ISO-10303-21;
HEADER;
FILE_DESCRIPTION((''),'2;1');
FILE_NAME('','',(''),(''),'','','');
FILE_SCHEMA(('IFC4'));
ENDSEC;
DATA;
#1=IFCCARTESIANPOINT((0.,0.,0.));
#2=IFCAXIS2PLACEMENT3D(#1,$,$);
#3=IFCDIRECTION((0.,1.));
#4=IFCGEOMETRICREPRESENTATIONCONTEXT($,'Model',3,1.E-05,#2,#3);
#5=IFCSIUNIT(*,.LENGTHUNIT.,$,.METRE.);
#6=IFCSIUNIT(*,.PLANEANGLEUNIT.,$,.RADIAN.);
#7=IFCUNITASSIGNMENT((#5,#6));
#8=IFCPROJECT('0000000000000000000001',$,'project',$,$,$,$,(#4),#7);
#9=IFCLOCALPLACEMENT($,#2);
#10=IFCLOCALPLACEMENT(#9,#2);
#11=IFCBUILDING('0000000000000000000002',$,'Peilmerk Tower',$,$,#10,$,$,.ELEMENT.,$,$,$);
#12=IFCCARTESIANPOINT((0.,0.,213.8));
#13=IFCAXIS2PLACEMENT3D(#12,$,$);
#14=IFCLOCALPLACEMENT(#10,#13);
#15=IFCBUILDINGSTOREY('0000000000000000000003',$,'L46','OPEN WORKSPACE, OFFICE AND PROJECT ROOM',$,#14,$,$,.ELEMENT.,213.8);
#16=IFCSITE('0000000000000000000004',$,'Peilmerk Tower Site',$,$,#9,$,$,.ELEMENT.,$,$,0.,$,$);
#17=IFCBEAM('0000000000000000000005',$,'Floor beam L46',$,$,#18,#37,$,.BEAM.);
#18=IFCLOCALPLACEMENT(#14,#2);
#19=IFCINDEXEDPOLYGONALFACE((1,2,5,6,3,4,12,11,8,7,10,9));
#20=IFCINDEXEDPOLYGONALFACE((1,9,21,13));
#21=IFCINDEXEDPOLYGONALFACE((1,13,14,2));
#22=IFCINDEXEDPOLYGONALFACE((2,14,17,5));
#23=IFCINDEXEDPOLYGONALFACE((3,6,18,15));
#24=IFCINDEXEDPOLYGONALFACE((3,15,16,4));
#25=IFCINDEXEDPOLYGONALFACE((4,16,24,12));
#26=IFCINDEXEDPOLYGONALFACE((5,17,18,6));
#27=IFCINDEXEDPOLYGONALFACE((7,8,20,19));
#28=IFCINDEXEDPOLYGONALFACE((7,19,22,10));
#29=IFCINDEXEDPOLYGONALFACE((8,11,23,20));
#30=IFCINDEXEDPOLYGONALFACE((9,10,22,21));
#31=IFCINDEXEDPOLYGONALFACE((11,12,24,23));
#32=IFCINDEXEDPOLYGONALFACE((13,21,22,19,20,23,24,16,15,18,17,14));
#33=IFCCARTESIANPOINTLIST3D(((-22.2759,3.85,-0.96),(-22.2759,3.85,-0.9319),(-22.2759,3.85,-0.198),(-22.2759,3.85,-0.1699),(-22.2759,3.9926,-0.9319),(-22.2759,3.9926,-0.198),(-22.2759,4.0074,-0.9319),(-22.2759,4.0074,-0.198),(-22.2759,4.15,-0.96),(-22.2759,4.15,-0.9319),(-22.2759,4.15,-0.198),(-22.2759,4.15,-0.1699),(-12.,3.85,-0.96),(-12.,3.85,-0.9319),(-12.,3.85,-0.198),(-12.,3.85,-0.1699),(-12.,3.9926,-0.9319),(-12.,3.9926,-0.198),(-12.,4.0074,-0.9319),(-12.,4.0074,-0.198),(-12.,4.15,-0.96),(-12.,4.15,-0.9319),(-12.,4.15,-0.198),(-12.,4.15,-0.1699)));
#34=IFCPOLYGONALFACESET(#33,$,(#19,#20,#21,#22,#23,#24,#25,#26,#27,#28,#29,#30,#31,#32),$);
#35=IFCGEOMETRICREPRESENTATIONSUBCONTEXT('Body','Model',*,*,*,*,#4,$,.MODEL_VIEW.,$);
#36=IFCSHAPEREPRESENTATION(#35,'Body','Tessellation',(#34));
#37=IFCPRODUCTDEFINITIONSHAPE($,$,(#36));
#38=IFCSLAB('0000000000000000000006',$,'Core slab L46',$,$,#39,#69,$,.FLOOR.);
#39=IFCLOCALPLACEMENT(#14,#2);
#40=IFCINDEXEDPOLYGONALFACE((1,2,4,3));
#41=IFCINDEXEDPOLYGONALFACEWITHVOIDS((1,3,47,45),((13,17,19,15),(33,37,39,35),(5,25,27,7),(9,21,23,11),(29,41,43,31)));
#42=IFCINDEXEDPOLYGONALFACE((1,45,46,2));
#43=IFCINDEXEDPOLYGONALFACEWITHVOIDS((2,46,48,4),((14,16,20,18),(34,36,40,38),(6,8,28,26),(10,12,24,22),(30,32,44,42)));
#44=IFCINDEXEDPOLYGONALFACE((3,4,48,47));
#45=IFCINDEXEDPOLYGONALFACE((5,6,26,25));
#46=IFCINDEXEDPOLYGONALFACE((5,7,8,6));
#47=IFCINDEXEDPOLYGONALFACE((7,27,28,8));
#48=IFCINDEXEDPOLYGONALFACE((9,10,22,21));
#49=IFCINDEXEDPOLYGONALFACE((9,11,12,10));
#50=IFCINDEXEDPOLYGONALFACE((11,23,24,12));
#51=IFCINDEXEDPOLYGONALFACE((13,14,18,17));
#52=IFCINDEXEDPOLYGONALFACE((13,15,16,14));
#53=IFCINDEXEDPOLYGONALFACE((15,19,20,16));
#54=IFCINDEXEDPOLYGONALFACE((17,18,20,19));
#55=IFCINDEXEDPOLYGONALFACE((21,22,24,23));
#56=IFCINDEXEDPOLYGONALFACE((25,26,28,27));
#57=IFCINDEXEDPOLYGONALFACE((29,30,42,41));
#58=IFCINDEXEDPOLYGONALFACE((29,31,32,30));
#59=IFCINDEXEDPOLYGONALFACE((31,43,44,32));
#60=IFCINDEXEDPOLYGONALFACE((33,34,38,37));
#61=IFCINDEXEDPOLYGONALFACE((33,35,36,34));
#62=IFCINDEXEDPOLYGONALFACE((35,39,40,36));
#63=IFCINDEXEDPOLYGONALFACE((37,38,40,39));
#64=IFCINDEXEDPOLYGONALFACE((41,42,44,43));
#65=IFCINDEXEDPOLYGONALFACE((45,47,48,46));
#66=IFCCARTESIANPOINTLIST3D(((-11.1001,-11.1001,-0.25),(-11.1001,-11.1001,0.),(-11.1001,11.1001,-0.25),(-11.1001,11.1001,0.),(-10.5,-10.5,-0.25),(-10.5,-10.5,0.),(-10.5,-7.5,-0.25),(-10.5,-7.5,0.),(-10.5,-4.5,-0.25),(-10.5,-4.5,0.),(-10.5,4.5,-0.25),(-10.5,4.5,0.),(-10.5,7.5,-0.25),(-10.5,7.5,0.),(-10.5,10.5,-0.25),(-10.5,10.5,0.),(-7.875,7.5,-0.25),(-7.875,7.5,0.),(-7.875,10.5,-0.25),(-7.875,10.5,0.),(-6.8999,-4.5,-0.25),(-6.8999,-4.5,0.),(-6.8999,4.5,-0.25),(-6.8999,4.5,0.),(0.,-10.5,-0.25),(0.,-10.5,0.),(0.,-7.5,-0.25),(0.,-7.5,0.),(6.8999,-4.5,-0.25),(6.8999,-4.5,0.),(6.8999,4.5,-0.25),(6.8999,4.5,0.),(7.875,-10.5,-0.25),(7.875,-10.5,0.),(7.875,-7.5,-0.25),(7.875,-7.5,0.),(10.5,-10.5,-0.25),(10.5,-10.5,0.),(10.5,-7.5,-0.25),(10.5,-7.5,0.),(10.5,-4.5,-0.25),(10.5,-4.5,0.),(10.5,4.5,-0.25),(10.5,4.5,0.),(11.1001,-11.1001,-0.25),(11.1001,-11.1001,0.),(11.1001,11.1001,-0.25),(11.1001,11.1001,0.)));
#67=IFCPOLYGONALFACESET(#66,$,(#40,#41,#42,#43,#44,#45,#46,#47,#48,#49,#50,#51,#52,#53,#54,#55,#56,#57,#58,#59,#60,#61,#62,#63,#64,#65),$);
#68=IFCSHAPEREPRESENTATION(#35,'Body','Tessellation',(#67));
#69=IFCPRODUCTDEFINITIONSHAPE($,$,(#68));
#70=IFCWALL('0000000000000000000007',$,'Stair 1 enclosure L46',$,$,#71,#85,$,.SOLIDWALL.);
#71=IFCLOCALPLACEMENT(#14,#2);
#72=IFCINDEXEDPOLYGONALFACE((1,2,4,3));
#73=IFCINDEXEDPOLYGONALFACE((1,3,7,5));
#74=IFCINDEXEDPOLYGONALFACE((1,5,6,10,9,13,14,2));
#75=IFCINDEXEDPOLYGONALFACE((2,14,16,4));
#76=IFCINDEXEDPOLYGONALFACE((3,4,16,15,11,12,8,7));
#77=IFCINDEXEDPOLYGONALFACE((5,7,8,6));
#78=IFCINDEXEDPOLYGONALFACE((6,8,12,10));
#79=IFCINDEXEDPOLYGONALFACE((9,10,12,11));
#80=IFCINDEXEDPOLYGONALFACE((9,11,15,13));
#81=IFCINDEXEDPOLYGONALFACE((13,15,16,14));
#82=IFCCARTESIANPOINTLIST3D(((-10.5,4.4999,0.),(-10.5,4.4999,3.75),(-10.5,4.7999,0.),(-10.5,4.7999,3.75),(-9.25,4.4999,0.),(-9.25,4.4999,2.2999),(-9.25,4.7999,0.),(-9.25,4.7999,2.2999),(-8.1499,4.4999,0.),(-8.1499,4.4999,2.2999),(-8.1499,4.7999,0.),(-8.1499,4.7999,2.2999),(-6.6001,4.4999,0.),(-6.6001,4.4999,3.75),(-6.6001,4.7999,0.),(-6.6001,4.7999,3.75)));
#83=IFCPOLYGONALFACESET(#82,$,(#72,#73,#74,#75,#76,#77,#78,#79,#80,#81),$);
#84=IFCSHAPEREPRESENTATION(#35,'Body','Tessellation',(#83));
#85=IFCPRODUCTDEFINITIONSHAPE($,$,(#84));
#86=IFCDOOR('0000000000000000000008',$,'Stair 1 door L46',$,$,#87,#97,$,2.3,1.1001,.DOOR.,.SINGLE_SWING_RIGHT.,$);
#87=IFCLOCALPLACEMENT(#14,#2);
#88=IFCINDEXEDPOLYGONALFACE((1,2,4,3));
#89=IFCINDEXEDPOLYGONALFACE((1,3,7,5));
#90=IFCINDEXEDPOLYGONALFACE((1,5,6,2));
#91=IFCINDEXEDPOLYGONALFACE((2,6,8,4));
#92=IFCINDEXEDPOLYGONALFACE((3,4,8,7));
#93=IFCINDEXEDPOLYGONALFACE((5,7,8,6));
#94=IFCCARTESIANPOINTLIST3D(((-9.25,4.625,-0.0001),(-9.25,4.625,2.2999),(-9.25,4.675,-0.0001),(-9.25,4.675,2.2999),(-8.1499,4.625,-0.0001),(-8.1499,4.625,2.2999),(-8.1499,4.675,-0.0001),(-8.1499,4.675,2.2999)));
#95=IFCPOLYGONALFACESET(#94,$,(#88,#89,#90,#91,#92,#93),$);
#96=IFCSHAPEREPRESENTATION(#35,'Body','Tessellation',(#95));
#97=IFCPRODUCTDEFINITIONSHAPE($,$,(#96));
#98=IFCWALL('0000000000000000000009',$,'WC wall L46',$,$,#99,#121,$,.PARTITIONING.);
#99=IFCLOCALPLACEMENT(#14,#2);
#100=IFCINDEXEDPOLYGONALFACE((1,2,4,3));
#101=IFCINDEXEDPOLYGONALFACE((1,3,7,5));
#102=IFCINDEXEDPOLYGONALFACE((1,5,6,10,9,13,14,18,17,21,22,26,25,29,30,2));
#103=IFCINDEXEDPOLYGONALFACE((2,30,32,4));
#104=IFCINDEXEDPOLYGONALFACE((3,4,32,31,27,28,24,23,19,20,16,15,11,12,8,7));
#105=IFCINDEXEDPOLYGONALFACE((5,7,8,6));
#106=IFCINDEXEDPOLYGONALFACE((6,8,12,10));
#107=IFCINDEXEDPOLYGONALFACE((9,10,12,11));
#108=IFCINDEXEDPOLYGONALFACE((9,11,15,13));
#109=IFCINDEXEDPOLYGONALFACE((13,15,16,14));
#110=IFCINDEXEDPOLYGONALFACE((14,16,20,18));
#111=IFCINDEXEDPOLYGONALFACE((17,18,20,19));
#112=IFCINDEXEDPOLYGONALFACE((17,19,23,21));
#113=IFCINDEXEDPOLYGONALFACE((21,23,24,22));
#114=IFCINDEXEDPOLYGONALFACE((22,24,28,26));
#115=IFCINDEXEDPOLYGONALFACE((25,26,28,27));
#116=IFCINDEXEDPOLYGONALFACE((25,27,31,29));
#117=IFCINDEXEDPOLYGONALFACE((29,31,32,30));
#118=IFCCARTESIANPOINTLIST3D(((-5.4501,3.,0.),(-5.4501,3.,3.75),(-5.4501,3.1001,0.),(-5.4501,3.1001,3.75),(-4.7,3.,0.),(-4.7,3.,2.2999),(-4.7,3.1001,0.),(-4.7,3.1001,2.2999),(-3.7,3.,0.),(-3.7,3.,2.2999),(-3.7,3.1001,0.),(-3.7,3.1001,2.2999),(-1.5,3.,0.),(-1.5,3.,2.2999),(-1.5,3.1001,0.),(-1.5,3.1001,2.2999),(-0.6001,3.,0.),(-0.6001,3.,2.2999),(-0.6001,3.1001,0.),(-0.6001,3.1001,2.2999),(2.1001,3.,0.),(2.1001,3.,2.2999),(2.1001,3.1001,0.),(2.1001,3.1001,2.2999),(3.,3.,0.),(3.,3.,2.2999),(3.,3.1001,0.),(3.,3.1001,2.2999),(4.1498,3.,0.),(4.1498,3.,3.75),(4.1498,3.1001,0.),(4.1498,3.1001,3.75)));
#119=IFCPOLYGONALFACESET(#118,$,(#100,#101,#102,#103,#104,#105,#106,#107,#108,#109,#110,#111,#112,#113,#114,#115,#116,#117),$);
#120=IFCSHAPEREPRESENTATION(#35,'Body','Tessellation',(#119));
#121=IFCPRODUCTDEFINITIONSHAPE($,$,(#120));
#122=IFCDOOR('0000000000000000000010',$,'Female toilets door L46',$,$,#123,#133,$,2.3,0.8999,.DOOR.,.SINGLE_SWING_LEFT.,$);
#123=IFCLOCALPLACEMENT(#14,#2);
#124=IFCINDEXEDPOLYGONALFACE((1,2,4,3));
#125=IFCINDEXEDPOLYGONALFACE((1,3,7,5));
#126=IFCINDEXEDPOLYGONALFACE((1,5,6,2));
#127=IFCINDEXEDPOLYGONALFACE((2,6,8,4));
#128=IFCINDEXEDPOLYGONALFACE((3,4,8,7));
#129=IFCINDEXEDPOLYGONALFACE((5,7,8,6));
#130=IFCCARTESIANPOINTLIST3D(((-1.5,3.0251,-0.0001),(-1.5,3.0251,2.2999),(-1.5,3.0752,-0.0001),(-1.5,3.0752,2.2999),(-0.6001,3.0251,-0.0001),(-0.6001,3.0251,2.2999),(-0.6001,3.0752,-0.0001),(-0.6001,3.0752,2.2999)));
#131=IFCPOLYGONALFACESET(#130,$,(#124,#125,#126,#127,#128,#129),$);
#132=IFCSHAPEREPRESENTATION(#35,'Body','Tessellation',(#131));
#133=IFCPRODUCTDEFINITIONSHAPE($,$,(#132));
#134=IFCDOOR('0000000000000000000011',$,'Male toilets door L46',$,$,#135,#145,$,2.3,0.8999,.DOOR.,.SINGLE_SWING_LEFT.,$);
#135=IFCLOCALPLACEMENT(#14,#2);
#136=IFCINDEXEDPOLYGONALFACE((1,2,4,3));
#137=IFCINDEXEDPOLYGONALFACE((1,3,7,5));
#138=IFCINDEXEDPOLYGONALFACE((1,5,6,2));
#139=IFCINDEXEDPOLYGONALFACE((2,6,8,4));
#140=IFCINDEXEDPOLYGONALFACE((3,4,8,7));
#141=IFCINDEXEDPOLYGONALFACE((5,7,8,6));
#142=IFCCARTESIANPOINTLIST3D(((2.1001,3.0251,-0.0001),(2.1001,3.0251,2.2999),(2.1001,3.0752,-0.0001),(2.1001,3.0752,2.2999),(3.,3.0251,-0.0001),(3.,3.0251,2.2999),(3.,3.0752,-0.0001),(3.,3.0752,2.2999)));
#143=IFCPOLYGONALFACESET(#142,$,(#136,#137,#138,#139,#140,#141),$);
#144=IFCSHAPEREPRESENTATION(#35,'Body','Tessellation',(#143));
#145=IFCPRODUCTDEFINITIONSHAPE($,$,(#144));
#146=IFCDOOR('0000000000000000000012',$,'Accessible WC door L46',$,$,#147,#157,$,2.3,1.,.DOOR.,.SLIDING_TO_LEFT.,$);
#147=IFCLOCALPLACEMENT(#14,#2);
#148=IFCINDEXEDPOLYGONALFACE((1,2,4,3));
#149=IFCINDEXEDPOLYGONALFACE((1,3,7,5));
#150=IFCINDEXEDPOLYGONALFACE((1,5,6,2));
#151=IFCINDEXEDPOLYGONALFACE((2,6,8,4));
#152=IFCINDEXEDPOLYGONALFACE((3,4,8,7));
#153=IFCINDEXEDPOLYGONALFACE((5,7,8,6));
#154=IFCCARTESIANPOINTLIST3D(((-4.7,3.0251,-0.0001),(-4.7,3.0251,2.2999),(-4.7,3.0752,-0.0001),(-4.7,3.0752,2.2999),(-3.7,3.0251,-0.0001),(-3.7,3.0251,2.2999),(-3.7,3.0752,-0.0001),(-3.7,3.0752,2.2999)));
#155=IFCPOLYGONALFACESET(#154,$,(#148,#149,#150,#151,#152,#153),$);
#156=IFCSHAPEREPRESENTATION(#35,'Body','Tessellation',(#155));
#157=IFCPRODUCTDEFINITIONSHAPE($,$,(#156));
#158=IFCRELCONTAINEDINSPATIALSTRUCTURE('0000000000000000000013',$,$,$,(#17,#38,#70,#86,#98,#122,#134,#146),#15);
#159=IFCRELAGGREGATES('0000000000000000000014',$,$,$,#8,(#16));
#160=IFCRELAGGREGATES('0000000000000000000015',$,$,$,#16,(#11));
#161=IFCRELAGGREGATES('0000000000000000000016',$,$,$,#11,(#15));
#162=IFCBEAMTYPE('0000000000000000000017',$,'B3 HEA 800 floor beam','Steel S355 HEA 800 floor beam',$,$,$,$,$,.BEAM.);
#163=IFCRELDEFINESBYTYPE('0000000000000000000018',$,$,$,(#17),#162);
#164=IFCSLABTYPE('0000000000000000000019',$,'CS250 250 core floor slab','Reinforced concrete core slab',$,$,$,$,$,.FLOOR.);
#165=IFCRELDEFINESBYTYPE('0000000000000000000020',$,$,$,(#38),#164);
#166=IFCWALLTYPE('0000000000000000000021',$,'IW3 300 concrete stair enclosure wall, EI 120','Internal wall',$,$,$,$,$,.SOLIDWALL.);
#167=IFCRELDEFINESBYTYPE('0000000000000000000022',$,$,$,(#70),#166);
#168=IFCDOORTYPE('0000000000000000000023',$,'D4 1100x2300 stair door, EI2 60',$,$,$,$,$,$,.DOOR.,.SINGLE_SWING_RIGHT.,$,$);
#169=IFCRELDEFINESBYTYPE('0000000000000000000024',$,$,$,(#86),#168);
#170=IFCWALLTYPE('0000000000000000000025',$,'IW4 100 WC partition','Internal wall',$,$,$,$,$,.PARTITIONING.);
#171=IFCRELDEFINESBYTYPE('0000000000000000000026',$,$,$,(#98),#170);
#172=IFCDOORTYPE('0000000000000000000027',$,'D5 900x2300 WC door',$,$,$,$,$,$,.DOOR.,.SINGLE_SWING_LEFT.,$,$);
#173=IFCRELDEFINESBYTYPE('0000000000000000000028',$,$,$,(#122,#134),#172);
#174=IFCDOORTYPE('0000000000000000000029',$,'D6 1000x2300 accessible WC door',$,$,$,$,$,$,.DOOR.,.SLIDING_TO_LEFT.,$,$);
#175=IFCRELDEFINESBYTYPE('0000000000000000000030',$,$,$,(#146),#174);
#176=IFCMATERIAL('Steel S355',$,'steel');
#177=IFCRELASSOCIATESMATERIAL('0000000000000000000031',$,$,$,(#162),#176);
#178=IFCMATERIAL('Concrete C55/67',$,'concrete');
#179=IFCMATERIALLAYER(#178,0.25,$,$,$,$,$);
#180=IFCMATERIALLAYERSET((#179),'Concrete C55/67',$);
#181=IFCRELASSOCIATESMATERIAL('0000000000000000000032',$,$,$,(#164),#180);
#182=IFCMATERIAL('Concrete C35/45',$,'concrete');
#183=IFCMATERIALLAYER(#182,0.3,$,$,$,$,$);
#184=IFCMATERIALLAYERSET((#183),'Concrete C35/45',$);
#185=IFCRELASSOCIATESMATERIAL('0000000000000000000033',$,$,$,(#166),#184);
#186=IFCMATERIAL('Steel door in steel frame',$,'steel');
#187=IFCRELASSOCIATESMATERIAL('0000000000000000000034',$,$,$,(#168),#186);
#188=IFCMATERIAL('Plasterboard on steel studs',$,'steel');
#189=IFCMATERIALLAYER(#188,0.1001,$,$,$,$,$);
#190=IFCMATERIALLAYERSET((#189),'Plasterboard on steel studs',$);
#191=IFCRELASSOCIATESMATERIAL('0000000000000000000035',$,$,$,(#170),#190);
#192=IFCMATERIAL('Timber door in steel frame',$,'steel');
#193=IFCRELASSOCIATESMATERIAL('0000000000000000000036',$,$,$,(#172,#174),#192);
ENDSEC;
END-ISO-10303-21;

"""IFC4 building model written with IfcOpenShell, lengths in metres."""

from ifc_helpers import new_model, si_unit, direction, frame, frame_2d, origin, origin_2d, place, context, subcontext, project, spatial, polyline, rectangle, i_section, outline, extrude, material, layer, layer_set, material_profile, profile_set, type_object, element, fill, save


model = new_model("IFC4")

# Units and contexts
model_context = context("Model", 3, precision=1e-05, world=origin(), true_north=direction((0.0, 1.0)))
body_context = subcontext(model_context, "Body", "Model", "MODEL_VIEW")
ifc_project = project(units=[si_unit("LENGTHUNIT", "METRE"), si_unit("PLANEANGLEUNIT", "RADIAN")], contexts=[model_context])

# Site, building, storey
site_placement = place(None, origin())
site = spatial("IfcSite", under=ifc_project, at=site_placement, Name="Peilmerk Tower Site", CompositionType="ELEMENT", RefElevation=0.0)
building_placement = place(site_placement, origin())
building = spatial("IfcBuilding", under=site, at=building_placement, Name="Peilmerk Tower", CompositionType="ELEMENT")
storey_placement = place(building_placement, frame((0.0, 0.0, 213.8)))
storey = spatial("IfcBuildingStorey", under=building, at=storey_placement, Name="L46", Description="OPEN WORKSPACE, OFFICE AND PROJECT ROOM", CompositionType="ELEMENT", Elevation=213.8)

# Beam
ifc_material_1 = material(Name="Steel S355", Category="steel")
ifc_material_profile = material_profile(ifc_material_1, i_section(OverallWidth=0.3, OverallDepth=0.79, WebThickness=0.0149, FlangeThickness=0.0281, at=origin_2d()), Name="HEA 800")
ifc_profile_set = profile_set([ifc_material_profile], Name="Steel S355")
beam_type = type_object("IfcBeamType", Name="B3 HEA 800 floor beam", Description="Steel S355 HEA 800 floor beam", PredefinedType="BEAM", material=ifc_profile_set)
beam_placement = place(storey_placement, frame((-12.0, 4.0, -0.5649), z_axis=(-1.0, 0.0, 0.0), x_axis=(0.0, -1.0, 0.0)))
element("IfcBeam", 1, at=beam_placement, inside=storey, type_object=beam_type, Name="Floor beam L46", PredefinedType="BEAM", context=body_context, shape_type="SweptSolid", body=[
    extrude(i_section(OverallWidth=0.3, OverallDepth=0.79, WebThickness=0.0149, FlangeThickness=0.0281, at=origin_2d()), origin(), (0.0, 0.0, 1.0), 10.2759),
])

# Slab
ifc_material_2 = material(Name="Concrete C55/67", Category="concrete")
ifc_layer_1 = layer(ifc_material_2, 0.25)
ifc_layer_set_1 = layer_set([ifc_layer_1], Name="Concrete C55/67")
slab_type = type_object("IfcSlabType", Name="CS250 250 core floor slab", Description="Reinforced concrete core slab", PredefinedType="FLOOR", material=ifc_layer_set_1)
slab_placement = place(storey_placement, frame((0.0, 0.0, -0.25)))
element("IfcSlab", 2, at=slab_placement, inside=storey, type_object=slab_type, Name="Core slab L46", PredefinedType="FLOOR", context=body_context, shape_type="SweptSolid", body=[
    extrude(outline(polyline([(11.1001, -11.1001), (11.1001, 11.1001), (-11.1001, 11.1001), (-11.1001, -11.1001), (11.1001, -11.1001)]), holes=[polyline([(-7.875, 7.5), (-10.5, 7.5), (-10.5, 10.5), (-7.875, 10.5), (-7.875, 7.5)]), polyline([(0.0, -10.5), (-10.5, -10.5), (-10.5, -7.5), (0.0, -7.5), (0.0, -10.5)]), polyline([(7.875, -10.5), (7.875, -7.5), (10.5, -7.5), (10.5, -10.5), (7.875, -10.5)]), polyline([(-10.5, 4.5), (-6.8999, 4.5), (-6.8999, -4.5), (-10.5, -4.5), (-10.5, 4.5)]), polyline([(10.5, 4.5), (10.5, -4.5), (6.8999, -4.5), (6.8999, 4.5), (10.5, 4.5)])]), origin(), (0.0, 0.0, 1.0), 0.25),
])

# Wall, opening, door
ifc_material_3 = material(Name="Concrete C35/45", Category="concrete")
ifc_layer_2 = layer(ifc_material_3, 0.3)
ifc_layer_set_2 = layer_set([ifc_layer_2], Name="Concrete C35/45")
wall_type_1 = type_object("IfcWallType", Name="IW3 300 concrete stair enclosure wall, EI 120", Description="Internal wall", PredefinedType="SOLIDWALL", material=ifc_layer_set_2)
wall_1_placement = place(storey_placement, frame((-10.5, 4.6499, 0.0), z_axis=(0.0, 0.0, 1.0), x_axis=(1.0, 0.0, 0.0)))
wall_1 = element("IfcWall", 3, at=wall_1_placement, inside=storey, type_object=wall_type_1, Name="Stair 1 enclosure L46", PredefinedType="SOLIDWALL", context=body_context, shape_type="SweptSolid", body=[
    extrude(rectangle(XDim=3.8999, YDim=0.3, at=frame_2d((1.95, 0.0))), origin(), (0.0, 0.0, 1.0), 3.75),
])
opening_1_placement = place(wall_1_placement, frame((1.25, 0.0, 0.0)))
opening_1 = element("IfcOpeningElement", 4, at=opening_1_placement, cuts=wall_1, PredefinedType="OPENING", context=body_context, shape_type="SweptSolid", body=[
    extrude(rectangle(XDim=1.1001, YDim=2.3, at=frame_2d((0.55, 1.1499))), frame((0.0, 0.1599, 0.0), z_axis=(0.0, -1.0, 0.0), x_axis=(1.0, 0.0, 0.0)), (0.0, 0.0, 1.0), 0.3201),
])
ifc_material_4 = material(Name="Steel door in steel frame", Category="steel")
door_type_1 = type_object("IfcDoorType", Name="D4 1100x2300 stair door, EI2 60", OperationType="SINGLE_SWING_RIGHT", PredefinedType="DOOR", material=ifc_material_4)
door_1_placement = place(opening_1_placement, frame((1.1001, 0.0, 0.0), z_axis=(0.0, 0.0, 1.0), x_axis=(-1.0, 0.0, 0.0)))
door_1 = element("IfcDoor", 5, at=door_1_placement, inside=storey, type_object=door_type_1, Name="Stair 1 door L46", OperationType="SINGLE_SWING_RIGHT", OverallHeight=2.3, OverallWidth=1.1001, PredefinedType="DOOR", context=body_context, shape_type="SweptSolid", body=[
    extrude(rectangle(XDim=1.1001, YDim=2.3, at=frame_2d((0.55, 1.1499))), frame((0.0, 0.0249, 0.0), z_axis=(0.0, -1.0, 0.0), x_axis=(1.0, 0.0, 0.0)), (0.0, 0.0, 1.0), 0.05),
])
fill(opening_1, door_1)

# Wall, openings, doors
ifc_material_5 = material(Name="Plasterboard on steel studs", Category="steel")
ifc_layer_3 = layer(ifc_material_5, 0.1001)
ifc_layer_set_3 = layer_set([ifc_layer_3], Name="Plasterboard on steel studs")
wall_type_2 = type_object("IfcWallType", Name="IW4 100 WC partition", Description="Internal wall", PredefinedType="PARTITIONING", material=ifc_layer_set_3)
wall_2_placement = place(storey_placement, frame((-5.45, 3.05, 0.0), z_axis=(0.0, 0.0, 1.0), x_axis=(1.0, 0.0, 0.0)))
wall_2 = element("IfcWall", 6, at=wall_2_placement, inside=storey, type_object=wall_type_2, Name="WC wall L46", PredefinedType="PARTITIONING", context=body_context, shape_type="SweptSolid", body=[
    extrude(rectangle(XDim=9.5999, YDim=0.1001, at=frame_2d((4.7998, 0.0))), origin(), (0.0, 0.0, 1.0), 3.75),
])
opening_2_placement = place(wall_2_placement, frame((0.75, 0.0, 0.0)))
opening_2 = element("IfcOpeningElement", 7, at=opening_2_placement, cuts=wall_2, PredefinedType="OPENING", context=body_context, shape_type="SweptSolid", body=[
    extrude(rectangle(XDim=1.0, YDim=2.3, at=frame_2d((0.5, 1.1499))), frame((0.0, 0.0601, 0.0), z_axis=(0.0, -1.0, 0.0), x_axis=(1.0, 0.0, 0.0)), (0.0, 0.0, 1.0), 0.1201),
])
opening_3_placement = place(wall_2_placement, frame((3.95, 0.0, 0.0)))
opening_3 = element("IfcOpeningElement", 8, at=opening_3_placement, cuts=wall_2, PredefinedType="OPENING", context=body_context, shape_type="SweptSolid", body=[
    extrude(rectangle(XDim=0.8999, YDim=2.3, at=frame_2d((0.45, 1.1499))), frame((0.0, 0.0601, 0.0), z_axis=(0.0, -1.0, 0.0), x_axis=(1.0, 0.0, 0.0)), (0.0, 0.0, 1.0), 0.1201),
])
opening_4_placement = place(wall_2_placement, frame((7.55, 0.0, 0.0)))
opening_4 = element("IfcOpeningElement", 9, at=opening_4_placement, cuts=wall_2, PredefinedType="OPENING", context=body_context, shape_type="SweptSolid", body=[
    extrude(rectangle(XDim=0.8999, YDim=2.3, at=frame_2d((0.45, 1.1499))), frame((0.0, 0.0601, 0.0), z_axis=(0.0, -1.0, 0.0), x_axis=(1.0, 0.0, 0.0)), (0.0, 0.0, 1.0), 0.1201),
])
ifc_material_6 = material(Name="Timber door in steel frame", Category="steel")
door_type_2 = type_object("IfcDoorType", Name="D5 900x2300 WC door", OperationType="SINGLE_SWING_LEFT", PredefinedType="DOOR", material=ifc_material_6)
door_2_placement = place(opening_3_placement, frame((0.8999, 0.0, 0.0), z_axis=(0.0, 0.0, 1.0), x_axis=(-1.0, 0.0, 0.0)))
door_2 = element("IfcDoor", 10, at=door_2_placement, inside=storey, type_object=door_type_2, Name="Female toilets door L46", OperationType="SINGLE_SWING_LEFT", OverallHeight=2.3, OverallWidth=0.8999, PredefinedType="DOOR", context=body_context, shape_type="SweptSolid", body=[
    extrude(rectangle(XDim=0.8999, YDim=2.3, at=frame_2d((0.45, 1.1499))), frame((0.0, 0.0249, 0.0), z_axis=(0.0, -1.0, 0.0), x_axis=(1.0, 0.0, 0.0)), (0.0, 0.0, 1.0), 0.05),
])
fill(opening_3, door_2)
door_3_placement = place(opening_4_placement, frame((0.8999, 0.0, 0.0), z_axis=(0.0, 0.0, 1.0), x_axis=(-1.0, 0.0, 0.0)))
door_3 = element("IfcDoor", 11, at=door_3_placement, inside=storey, type_object=door_type_2, Name="Male toilets door L46", OperationType="SINGLE_SWING_LEFT", OverallHeight=2.3, OverallWidth=0.8999, PredefinedType="DOOR", context=body_context, shape_type="SweptSolid", body=[
    extrude(rectangle(XDim=0.8999, YDim=2.3, at=frame_2d((0.45, 1.1499))), frame((0.0, 0.0249, 0.0), z_axis=(0.0, -1.0, 0.0), x_axis=(1.0, 0.0, 0.0)), (0.0, 0.0, 1.0), 0.05),
])
fill(opening_4, door_3)
door_type_3 = type_object("IfcDoorType", Name="D6 1000x2300 accessible WC door", OperationType="SLIDING_TO_LEFT", PredefinedType="DOOR", material=ifc_material_6)
door_4_placement = place(opening_2_placement, frame((1.0, 0.0, 0.0), z_axis=(0.0, 0.0, 1.0), x_axis=(-1.0, 0.0, 0.0)))
door_4 = element("IfcDoor", 12, at=door_4_placement, inside=storey, type_object=door_type_3, Name="Accessible WC door L46", OperationType="SLIDING_TO_LEFT", OverallHeight=2.3, OverallWidth=1.0, PredefinedType="DOOR", context=body_context, shape_type="SweptSolid", body=[
    extrude(rectangle(XDim=1.0, YDim=2.3, at=frame_2d((0.5, 1.1499))), frame((0.0, 0.0249, 0.0), z_axis=(0.0, -1.0, 0.0), x_axis=(1.0, 0.0, 0.0)), (0.0, 0.0, 1.0), 0.05),
])
fill(opening_2, door_4)

save(model, "model.ifc")
